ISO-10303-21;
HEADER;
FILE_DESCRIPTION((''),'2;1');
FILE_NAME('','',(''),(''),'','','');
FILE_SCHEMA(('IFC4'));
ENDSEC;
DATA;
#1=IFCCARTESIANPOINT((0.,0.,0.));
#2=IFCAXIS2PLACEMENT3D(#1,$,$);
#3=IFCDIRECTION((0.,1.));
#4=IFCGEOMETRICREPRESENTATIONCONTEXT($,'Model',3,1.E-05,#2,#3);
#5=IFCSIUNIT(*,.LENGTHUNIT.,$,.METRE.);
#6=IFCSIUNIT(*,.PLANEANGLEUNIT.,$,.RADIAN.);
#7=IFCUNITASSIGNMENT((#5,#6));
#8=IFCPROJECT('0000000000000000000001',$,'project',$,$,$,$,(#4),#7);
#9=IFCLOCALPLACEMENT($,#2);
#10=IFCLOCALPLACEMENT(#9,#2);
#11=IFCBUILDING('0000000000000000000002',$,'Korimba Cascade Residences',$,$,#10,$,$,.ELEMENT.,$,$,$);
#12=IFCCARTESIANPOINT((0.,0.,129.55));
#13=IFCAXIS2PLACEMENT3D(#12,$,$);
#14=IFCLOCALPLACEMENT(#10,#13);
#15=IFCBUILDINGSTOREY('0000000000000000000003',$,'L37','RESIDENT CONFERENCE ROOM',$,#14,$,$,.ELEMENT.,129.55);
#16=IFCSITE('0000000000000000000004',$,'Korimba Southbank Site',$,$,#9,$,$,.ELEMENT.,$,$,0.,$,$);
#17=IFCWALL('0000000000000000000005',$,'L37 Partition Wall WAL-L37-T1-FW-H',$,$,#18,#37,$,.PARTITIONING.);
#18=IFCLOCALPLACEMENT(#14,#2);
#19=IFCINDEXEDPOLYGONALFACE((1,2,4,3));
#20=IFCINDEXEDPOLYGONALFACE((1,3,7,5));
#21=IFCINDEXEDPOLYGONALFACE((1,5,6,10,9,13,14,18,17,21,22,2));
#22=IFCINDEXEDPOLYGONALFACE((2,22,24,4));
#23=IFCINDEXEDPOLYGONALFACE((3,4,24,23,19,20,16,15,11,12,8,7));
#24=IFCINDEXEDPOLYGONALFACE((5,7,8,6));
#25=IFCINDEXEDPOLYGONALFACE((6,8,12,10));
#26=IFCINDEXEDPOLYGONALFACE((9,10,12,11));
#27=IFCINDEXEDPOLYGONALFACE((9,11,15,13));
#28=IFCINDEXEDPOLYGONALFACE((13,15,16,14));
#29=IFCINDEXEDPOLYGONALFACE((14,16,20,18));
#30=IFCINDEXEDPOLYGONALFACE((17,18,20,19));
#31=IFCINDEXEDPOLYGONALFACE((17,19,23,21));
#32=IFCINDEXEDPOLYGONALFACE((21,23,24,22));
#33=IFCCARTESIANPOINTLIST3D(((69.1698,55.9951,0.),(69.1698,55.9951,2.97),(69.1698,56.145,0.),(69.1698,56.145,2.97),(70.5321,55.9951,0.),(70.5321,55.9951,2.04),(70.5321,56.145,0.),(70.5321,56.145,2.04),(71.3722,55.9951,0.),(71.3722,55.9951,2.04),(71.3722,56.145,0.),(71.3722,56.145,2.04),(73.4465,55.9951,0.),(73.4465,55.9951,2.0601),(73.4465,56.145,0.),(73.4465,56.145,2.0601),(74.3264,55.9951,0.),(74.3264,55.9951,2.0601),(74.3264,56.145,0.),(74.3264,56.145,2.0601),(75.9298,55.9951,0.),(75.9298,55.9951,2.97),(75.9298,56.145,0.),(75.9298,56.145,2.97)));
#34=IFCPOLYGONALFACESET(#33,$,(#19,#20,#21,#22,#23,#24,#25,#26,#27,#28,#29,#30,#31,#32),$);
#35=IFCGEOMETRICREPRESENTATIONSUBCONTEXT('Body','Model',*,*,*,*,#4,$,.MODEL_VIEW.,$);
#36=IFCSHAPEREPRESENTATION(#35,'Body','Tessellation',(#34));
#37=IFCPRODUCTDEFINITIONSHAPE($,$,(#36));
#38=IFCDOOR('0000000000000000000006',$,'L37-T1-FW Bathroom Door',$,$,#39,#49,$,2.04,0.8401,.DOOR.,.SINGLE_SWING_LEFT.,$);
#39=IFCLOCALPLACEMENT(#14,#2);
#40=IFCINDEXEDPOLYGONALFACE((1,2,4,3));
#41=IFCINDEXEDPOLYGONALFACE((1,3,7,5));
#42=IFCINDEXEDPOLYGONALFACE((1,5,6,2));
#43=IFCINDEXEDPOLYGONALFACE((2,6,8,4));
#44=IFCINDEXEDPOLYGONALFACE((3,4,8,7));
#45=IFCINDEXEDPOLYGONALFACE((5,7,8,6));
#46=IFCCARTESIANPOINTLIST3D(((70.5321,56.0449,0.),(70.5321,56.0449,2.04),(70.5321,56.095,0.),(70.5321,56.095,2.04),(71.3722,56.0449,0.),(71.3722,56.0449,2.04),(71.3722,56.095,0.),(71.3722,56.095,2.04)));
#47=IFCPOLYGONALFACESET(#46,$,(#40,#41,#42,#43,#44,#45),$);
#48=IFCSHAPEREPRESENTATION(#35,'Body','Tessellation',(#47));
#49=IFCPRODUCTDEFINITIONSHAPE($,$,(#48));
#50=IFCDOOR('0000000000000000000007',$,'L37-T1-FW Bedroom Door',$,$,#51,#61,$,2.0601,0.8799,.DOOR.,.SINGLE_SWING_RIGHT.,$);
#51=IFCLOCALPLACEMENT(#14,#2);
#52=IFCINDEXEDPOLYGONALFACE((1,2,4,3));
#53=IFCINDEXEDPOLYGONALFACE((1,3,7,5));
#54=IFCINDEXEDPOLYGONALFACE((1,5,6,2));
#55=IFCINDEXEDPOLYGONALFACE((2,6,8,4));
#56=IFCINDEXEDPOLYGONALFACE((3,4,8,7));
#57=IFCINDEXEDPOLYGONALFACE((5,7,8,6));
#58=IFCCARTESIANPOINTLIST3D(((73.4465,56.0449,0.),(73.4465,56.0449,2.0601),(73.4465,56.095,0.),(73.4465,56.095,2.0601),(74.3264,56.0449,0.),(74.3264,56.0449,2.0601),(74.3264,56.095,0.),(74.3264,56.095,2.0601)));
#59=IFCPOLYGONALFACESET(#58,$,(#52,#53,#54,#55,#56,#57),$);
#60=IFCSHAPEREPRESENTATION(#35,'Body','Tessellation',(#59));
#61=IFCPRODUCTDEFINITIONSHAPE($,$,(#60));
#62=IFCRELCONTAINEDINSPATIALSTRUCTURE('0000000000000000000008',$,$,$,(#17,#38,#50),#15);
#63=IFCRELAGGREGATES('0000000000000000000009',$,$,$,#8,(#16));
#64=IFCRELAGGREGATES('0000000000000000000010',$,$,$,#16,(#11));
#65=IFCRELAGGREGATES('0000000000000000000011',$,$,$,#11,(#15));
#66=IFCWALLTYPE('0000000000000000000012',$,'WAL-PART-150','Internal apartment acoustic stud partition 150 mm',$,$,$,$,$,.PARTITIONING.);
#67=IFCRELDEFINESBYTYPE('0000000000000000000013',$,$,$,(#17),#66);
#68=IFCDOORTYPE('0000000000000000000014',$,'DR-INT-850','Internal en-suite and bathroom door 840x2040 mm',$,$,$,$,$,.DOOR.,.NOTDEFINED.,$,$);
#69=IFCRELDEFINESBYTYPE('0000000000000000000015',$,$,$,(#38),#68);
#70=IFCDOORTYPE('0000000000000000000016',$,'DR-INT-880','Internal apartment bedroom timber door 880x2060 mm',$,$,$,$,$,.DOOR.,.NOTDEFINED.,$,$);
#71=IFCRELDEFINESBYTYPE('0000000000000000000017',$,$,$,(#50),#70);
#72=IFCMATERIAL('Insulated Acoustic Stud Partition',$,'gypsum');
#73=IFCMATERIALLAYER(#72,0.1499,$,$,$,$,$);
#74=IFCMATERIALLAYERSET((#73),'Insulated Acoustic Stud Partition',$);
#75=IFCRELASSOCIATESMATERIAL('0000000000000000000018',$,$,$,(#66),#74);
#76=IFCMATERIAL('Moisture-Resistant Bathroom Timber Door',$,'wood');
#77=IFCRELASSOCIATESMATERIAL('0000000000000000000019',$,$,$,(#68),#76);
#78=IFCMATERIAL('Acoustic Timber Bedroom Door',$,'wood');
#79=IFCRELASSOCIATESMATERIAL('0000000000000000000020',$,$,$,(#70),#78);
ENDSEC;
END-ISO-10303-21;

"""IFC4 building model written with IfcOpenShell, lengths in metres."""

from ifc_helpers import new_model, si_unit, direction, frame, frame_2d, origin, place, context, subcontext, project, spatial, rectangle, extrude, material, layer, layer_set, type_object, element, fill, save


model = new_model("IFC4")

# Units and contexts
model_context = context("Model", 3, precision=1e-05, world=origin(), true_north=direction((0.0, 1.0)))
body_context = subcontext(model_context, "Body", "Model", "MODEL_VIEW")
ifc_project = project(units=[si_unit("LENGTHUNIT", "METRE"), si_unit("PLANEANGLEUNIT", "RADIAN")], contexts=[model_context])

# Site, building, storey
site_placement = place(None, origin())
site = spatial("IfcSite", under=ifc_project, at=site_placement, Name="Korimba Southbank Site", CompositionType="ELEMENT", RefElevation=0.0)
building_placement = place(site_placement, origin())
building = spatial("IfcBuilding", under=site, at=building_placement, Name="Korimba Cascade Residences", CompositionType="ELEMENT")
storey_placement = place(building_placement, frame((0.0, 0.0, 129.55)))
storey = spatial("IfcBuildingStorey", under=building, at=storey_placement, Name="L37", Description="RESIDENT CONFERENCE ROOM", CompositionType="ELEMENT", Elevation=129.55)

# Shared definitions
ifc_material_1 = material(Name="Insulated Acoustic Stud Partition", Category="gypsum")
ifc_layer_1 = layer(ifc_material_1, 0.1499)
ifc_layer_set_1 = layer_set([ifc_layer_1], Name="Insulated Acoustic Stud Partition")
wall_type_1 = type_object("IfcWallType", Name="WAL-PART-150", Description="Internal apartment acoustic stud partition 150 mm", PredefinedType="PARTITIONING", material=ifc_layer_set_1)
ifc_material_2 = material(Name="Moisture-Resistant Bathroom Timber Door", Category="wood")
door_type_1 = type_object("IfcDoorType", Name="DR-INT-850", Description="Internal en-suite and bathroom door 840x2040 mm", OperationType="NOTDEFINED", PredefinedType="DOOR", material=ifc_material_2)

# Wall, openings, doors
wall_1_placement = place(storey_placement, frame((69.1699, 56.0701, 0.0), z_axis=(0.0, 0.0, 1.0), x_axis=(1.0, 0.0, 0.0)))
wall_1 = element("IfcWall", 1, at=wall_1_placement, inside=storey, type_object=wall_type_1, Name="L37 Partition Wall WAL-L37-T1-FW-H", PredefinedType="PARTITIONING", context=body_context, shape_type="SweptSolid", body=[
    extrude(rectangle(XDim=6.76, YDim=0.1499, at=frame_2d((3.3799, 0.0))), origin(), (0.0, 0.0, 1.0), 2.97),
])
opening_1_placement = place(wall_1_placement, frame((1.3623, 0.0, 0.0)))
opening_1 = element("IfcOpeningElement", 2, at=opening_1_placement, cuts=wall_1, PredefinedType="OPENING", context=body_context, shape_type="SweptSolid", body=[
    extrude(rectangle(XDim=0.8401, YDim=2.04, at=frame_2d((0.4199, 1.02))), frame((0.0, 0.085, 0.0), z_axis=(0.0, -1.0, 0.0), x_axis=(1.0, 0.0, 0.0)), (0.0, 0.0, 1.0), 0.1699),
])
opening_2_placement = place(wall_1_placement, frame((4.2766, 0.0, 0.0)))
opening_2 = element("IfcOpeningElement", 3, at=opening_2_placement, cuts=wall_1, PredefinedType="OPENING", context=body_context, shape_type="SweptSolid", body=[
    extrude(rectangle(XDim=0.8799, YDim=2.0601, at=frame_2d((0.4399, 1.03))), frame((0.0, 0.085, 0.0), z_axis=(0.0, -1.0, 0.0), x_axis=(1.0, 0.0, 0.0)), (0.0, 0.0, 1.0), 0.1699),
])
door_1_placement = place(opening_1_placement, origin())
door_1 = element("IfcDoor", 4, at=door_1_placement, inside=storey, type_object=door_type_1, Name="L37-T1-FW Bathroom Door", OperationType="SINGLE_SWING_LEFT", OverallHeight=2.04, OverallWidth=0.8401, PredefinedType="DOOR", context=body_context, shape_type="SweptSolid", body=[
    extrude(rectangle(XDim=0.8401, YDim=2.04, at=frame_2d((0.4199, 1.02))), frame((0.0, 0.0249, 0.0), z_axis=(0.0, -1.0, 0.0), x_axis=(1.0, 0.0, 0.0)), (0.0, 0.0, 1.0), 0.05),
])
fill(opening_1, door_1)
ifc_material_3 = material(Name="Acoustic Timber Bedroom Door", Category="wood")
door_type_2 = type_object("IfcDoorType", Name="DR-INT-880", Description="Internal apartment bedroom timber door 880x2060 mm", OperationType="NOTDEFINED", PredefinedType="DOOR", material=ifc_material_3)
door_2_placement = place(opening_2_placement, origin())
door_2 = element("IfcDoor", 5, at=door_2_placement, inside=storey, type_object=door_type_2, Name="L37-T1-FW Bedroom Door", OperationType="SINGLE_SWING_RIGHT", OverallHeight=2.0601, OverallWidth=0.8799, PredefinedType="DOOR", context=body_context, shape_type="SweptSolid", body=[
    extrude(rectangle(XDim=0.8799, YDim=2.0601, at=frame_2d((0.4399, 1.03))), frame((0.0, 0.0249, 0.0), z_axis=(0.0, -1.0, 0.0), x_axis=(1.0, 0.0, 0.0)), (0.0, 0.0, 1.0), 0.05),
])
fill(opening_2, door_2)

save(model, "model.ifc")
